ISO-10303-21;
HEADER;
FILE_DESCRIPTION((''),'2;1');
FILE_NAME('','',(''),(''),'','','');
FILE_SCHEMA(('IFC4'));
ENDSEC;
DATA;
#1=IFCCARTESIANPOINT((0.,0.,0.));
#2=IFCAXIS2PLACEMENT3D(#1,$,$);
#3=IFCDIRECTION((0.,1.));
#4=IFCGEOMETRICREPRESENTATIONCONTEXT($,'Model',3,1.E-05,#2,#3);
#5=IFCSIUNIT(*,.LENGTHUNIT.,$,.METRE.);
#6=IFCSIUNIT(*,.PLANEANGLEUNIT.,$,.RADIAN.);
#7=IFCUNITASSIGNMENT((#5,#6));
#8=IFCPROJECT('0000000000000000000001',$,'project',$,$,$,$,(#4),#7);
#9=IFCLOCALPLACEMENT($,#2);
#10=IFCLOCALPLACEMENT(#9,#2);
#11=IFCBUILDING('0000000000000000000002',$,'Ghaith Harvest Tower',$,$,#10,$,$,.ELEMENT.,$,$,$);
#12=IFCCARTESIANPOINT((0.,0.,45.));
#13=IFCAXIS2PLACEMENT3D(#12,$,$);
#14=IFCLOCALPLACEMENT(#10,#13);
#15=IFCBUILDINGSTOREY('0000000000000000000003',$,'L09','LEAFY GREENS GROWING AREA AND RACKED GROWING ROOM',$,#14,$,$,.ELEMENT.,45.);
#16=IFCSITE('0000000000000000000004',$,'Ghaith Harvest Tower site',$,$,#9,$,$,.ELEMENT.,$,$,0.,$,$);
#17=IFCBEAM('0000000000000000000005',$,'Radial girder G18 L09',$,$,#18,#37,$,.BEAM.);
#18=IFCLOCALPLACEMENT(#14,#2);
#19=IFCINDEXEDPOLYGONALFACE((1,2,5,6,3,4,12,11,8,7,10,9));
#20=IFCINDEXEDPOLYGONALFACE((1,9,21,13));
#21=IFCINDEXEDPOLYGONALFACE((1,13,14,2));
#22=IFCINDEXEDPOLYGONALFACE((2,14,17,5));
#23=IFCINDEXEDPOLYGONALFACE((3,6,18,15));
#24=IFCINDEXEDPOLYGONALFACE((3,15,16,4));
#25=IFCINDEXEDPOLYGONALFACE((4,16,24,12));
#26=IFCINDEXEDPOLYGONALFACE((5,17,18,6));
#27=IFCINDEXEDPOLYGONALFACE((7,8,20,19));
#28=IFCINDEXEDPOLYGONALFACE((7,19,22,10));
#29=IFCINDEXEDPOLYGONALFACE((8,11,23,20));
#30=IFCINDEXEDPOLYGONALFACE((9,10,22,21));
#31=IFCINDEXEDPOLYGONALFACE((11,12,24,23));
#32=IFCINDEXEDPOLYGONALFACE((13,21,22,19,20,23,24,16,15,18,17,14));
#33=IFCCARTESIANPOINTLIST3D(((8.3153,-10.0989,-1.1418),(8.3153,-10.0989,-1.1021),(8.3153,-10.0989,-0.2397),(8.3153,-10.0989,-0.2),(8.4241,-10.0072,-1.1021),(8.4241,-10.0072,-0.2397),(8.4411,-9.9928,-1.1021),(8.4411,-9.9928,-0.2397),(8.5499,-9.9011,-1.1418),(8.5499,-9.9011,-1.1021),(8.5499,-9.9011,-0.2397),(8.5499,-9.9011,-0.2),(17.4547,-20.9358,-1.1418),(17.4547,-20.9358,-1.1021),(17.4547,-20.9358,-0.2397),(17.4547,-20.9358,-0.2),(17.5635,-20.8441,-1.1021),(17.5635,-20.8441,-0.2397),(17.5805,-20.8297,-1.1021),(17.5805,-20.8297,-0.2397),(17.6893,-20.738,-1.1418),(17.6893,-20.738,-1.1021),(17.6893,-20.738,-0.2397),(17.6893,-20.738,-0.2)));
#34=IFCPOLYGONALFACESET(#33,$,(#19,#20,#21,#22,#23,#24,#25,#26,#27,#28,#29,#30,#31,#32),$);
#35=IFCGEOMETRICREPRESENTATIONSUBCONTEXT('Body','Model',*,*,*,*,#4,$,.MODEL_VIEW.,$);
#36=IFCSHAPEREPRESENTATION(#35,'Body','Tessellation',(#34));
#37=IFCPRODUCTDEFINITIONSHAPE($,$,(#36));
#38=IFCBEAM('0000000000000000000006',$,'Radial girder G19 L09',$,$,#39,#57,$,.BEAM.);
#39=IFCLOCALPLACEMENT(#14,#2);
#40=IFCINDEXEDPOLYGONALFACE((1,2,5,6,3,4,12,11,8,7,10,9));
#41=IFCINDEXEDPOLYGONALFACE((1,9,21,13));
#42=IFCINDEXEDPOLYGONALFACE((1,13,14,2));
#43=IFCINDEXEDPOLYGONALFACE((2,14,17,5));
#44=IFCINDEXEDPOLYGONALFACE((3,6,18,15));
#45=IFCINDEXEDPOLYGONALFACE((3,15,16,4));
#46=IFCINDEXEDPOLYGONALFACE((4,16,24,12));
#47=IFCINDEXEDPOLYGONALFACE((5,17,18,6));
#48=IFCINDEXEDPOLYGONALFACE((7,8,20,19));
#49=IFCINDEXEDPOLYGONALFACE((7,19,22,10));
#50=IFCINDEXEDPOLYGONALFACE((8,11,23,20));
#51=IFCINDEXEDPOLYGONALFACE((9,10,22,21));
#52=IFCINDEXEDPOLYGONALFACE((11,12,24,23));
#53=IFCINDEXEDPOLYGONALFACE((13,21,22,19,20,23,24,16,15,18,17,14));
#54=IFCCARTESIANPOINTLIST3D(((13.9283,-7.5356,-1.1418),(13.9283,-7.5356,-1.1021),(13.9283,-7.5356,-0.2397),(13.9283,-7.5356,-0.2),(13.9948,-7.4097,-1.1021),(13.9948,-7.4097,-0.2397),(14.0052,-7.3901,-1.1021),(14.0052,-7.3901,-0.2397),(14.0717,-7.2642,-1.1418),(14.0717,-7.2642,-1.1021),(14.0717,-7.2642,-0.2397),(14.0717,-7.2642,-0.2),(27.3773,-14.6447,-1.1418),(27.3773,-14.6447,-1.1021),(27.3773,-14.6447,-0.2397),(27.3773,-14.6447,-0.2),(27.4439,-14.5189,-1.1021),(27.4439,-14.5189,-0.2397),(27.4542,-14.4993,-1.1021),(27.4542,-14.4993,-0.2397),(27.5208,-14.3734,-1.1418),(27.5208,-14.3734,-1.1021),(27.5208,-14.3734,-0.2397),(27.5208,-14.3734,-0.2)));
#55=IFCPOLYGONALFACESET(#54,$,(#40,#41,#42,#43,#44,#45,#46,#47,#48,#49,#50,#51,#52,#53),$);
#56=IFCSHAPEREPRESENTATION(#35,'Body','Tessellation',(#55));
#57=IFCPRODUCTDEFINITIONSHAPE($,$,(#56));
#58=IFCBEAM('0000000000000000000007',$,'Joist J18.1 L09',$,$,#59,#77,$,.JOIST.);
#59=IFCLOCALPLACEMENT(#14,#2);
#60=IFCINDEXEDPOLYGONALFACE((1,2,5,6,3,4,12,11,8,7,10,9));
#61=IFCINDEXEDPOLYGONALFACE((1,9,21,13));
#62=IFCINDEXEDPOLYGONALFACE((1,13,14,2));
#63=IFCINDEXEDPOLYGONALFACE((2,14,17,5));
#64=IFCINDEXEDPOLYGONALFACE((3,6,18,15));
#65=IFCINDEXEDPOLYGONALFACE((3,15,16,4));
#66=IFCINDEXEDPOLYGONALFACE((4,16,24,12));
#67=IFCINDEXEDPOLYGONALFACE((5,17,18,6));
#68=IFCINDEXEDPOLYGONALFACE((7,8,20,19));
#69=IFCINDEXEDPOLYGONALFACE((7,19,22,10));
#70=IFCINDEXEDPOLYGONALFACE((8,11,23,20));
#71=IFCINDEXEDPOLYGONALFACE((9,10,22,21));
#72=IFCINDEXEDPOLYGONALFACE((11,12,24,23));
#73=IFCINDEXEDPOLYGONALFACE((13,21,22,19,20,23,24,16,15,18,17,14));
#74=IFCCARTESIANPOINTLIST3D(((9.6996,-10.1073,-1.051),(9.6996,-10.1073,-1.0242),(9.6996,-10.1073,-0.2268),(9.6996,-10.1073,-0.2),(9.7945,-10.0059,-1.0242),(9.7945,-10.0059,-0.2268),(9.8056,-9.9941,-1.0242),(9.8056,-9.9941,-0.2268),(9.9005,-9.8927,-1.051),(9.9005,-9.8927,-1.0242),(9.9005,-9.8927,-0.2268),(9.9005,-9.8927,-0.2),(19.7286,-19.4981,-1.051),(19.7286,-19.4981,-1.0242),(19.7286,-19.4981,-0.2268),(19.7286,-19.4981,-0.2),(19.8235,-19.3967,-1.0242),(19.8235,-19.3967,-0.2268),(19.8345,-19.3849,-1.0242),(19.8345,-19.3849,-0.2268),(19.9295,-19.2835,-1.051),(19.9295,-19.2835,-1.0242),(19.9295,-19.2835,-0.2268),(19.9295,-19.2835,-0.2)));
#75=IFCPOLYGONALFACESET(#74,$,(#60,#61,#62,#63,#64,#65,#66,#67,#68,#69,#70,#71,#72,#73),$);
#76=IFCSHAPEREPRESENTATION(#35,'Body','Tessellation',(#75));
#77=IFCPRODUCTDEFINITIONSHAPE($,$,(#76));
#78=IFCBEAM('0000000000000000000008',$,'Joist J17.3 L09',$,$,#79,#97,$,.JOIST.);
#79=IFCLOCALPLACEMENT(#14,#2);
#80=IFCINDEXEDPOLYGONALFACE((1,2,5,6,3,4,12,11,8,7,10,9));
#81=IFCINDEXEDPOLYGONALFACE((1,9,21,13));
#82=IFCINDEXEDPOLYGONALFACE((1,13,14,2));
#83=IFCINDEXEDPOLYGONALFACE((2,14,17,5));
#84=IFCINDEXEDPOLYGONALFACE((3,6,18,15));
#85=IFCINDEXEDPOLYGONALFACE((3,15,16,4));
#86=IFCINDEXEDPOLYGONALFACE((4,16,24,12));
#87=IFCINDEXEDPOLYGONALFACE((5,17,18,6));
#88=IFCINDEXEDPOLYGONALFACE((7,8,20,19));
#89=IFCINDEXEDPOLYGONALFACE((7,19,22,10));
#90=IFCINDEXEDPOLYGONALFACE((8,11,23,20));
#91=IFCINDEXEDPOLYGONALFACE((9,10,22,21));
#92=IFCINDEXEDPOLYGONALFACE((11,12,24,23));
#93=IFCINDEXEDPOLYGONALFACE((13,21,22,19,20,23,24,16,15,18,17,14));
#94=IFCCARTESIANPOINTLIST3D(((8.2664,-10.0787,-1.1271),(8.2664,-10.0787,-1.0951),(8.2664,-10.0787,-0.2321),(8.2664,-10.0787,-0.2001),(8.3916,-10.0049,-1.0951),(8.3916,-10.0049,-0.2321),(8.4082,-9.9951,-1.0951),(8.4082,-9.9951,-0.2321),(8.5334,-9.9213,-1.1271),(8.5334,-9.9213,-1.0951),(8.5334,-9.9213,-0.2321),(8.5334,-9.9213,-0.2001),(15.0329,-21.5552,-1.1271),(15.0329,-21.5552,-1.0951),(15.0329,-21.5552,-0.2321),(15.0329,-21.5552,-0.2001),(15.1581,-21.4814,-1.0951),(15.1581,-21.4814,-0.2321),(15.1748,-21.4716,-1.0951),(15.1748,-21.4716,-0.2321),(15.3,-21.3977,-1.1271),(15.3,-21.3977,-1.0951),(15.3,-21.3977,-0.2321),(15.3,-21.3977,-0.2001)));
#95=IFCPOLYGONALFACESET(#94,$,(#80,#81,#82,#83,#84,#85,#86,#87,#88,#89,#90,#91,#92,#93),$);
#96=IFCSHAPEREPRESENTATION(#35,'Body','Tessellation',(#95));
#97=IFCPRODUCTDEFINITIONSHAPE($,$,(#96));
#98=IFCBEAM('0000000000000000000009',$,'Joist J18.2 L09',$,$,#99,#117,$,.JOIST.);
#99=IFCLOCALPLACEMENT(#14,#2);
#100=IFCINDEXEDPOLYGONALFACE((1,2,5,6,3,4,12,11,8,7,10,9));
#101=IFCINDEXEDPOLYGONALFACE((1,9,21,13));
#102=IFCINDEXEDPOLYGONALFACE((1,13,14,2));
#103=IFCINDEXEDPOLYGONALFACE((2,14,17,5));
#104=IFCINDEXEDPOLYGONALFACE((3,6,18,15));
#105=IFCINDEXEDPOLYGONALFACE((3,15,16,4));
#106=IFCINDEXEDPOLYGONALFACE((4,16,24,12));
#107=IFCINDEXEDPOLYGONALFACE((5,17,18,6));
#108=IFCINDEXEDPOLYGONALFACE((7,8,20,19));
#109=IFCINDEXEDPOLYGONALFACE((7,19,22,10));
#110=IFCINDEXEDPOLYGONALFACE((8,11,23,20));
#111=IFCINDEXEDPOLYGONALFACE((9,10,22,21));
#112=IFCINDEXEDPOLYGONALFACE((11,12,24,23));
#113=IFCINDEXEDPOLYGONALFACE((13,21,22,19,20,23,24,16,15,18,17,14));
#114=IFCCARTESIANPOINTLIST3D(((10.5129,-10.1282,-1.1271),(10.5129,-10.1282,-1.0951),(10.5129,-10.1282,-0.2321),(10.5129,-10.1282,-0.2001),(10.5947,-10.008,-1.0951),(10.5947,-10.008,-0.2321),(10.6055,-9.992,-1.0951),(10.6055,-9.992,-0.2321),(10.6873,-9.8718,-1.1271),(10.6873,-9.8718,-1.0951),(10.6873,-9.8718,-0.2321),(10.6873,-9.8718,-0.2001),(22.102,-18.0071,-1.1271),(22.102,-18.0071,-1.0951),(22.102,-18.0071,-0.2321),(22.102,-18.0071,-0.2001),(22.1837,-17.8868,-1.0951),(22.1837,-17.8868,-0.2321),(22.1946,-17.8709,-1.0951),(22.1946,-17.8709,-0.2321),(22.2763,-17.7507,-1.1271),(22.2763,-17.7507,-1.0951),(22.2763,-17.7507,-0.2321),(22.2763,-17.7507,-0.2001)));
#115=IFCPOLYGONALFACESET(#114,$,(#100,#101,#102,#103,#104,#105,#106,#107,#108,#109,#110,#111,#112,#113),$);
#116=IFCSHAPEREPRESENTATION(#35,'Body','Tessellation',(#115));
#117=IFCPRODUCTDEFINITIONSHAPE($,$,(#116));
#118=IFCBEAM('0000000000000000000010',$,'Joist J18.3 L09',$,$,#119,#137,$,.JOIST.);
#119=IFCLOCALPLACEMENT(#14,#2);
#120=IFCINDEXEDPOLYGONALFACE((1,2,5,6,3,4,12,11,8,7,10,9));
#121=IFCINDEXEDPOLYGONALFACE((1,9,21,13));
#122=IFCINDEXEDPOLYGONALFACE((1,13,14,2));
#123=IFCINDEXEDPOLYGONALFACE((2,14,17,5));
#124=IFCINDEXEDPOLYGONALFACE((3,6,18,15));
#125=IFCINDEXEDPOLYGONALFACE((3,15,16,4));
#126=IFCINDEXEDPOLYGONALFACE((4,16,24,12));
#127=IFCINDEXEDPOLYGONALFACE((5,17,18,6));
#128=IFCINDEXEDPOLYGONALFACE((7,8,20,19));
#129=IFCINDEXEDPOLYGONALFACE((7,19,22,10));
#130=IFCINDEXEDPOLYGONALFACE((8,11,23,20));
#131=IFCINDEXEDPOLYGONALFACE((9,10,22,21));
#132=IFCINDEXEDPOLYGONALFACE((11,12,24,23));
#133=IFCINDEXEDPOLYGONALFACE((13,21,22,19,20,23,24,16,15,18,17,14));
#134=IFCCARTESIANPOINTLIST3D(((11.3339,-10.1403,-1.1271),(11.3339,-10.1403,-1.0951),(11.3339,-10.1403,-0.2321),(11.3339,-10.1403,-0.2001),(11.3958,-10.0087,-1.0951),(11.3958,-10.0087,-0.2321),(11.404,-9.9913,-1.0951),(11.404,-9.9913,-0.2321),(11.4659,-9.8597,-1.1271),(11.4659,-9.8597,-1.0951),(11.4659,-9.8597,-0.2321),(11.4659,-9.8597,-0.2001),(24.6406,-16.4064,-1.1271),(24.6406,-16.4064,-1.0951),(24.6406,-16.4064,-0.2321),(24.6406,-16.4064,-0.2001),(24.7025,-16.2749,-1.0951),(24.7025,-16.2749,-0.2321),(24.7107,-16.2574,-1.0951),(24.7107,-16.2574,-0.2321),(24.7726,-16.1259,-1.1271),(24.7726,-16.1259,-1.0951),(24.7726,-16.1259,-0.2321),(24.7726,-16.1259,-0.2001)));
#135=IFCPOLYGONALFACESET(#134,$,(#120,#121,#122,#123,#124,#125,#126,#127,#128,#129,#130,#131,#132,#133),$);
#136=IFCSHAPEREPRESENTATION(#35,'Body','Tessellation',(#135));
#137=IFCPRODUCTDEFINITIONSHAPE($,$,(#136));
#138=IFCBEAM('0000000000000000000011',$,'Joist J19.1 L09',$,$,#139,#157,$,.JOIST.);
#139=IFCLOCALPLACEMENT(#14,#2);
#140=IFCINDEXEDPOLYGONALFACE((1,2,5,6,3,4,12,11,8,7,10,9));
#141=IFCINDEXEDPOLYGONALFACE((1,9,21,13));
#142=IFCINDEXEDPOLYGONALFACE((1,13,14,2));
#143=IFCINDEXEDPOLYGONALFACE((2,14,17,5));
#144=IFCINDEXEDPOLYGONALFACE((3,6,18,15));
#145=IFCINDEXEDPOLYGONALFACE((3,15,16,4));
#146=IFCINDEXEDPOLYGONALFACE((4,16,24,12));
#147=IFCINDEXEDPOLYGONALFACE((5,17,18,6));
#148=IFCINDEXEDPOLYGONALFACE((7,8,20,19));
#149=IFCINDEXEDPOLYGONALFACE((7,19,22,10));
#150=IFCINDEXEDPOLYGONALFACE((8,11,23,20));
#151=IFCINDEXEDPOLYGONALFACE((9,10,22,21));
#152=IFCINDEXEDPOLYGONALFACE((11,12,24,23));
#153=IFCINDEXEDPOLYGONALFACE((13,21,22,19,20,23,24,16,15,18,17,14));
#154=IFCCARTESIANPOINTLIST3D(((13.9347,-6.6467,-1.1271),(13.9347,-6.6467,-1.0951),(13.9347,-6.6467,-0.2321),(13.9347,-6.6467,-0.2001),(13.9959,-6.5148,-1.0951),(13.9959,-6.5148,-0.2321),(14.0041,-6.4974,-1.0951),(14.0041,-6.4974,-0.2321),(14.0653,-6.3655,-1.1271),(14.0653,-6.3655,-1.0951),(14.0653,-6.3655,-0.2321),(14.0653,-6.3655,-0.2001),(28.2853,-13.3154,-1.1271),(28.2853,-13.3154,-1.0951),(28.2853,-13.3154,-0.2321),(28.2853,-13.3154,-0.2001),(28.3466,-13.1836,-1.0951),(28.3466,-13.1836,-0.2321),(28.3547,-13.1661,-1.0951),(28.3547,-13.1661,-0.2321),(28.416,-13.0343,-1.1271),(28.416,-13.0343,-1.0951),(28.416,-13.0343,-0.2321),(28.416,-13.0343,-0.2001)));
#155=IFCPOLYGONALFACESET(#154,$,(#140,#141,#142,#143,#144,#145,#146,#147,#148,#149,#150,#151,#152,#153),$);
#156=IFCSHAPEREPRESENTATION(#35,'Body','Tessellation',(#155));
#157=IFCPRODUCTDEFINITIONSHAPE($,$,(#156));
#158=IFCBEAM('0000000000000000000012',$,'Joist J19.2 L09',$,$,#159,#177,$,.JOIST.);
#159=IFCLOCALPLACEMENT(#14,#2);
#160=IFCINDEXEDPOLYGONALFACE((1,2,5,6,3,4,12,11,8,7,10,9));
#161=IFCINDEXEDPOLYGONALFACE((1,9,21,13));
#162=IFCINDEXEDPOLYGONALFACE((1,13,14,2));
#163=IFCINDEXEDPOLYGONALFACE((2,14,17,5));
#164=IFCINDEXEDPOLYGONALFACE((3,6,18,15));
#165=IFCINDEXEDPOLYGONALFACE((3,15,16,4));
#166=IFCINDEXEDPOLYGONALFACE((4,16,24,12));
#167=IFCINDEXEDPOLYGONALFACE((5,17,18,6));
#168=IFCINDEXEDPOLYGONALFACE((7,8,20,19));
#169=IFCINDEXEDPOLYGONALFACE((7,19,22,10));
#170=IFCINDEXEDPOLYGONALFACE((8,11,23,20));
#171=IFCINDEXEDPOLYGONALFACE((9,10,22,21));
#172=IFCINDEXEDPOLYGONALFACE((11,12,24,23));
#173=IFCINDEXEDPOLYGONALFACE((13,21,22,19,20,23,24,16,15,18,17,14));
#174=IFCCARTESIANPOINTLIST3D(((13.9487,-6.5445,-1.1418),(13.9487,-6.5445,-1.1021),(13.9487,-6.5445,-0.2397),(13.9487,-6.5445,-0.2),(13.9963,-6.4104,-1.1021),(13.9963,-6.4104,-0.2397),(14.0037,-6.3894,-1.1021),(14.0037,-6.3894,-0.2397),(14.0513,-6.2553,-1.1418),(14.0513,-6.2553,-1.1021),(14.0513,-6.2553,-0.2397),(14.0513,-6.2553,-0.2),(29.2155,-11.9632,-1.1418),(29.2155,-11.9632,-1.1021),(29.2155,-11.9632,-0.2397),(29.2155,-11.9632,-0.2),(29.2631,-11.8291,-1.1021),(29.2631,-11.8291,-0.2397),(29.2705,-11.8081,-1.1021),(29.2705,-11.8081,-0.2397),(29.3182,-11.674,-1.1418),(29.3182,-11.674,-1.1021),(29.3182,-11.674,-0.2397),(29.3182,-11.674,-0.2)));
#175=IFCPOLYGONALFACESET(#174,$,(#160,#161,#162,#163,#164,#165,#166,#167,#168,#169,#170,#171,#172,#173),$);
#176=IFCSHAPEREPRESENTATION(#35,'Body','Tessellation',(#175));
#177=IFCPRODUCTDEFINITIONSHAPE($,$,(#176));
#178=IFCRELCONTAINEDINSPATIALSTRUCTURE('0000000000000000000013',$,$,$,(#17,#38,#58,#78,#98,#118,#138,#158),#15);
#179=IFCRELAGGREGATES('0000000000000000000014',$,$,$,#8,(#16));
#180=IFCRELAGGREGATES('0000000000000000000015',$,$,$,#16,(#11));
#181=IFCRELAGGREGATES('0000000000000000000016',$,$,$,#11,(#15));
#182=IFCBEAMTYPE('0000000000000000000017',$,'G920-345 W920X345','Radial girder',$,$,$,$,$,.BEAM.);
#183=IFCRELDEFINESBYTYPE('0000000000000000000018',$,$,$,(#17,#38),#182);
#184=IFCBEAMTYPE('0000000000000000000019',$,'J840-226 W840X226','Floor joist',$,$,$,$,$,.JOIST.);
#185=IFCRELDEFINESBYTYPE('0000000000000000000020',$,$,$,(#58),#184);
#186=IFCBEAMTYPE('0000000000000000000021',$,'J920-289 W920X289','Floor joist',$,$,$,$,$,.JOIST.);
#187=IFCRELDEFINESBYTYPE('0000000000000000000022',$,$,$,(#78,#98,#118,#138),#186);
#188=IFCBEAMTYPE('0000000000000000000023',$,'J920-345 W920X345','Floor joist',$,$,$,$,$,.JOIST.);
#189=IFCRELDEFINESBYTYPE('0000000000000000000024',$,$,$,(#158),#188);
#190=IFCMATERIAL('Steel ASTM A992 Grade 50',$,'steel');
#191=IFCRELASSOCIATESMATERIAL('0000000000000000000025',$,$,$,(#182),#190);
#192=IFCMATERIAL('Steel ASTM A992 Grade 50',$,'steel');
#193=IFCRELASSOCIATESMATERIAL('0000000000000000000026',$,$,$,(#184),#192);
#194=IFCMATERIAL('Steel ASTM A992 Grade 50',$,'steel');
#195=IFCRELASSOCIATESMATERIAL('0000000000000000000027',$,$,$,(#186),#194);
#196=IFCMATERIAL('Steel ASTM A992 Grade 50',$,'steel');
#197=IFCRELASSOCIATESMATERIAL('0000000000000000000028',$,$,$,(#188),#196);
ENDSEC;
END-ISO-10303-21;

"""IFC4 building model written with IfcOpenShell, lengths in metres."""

from ifc_helpers import new_model, si_unit, direction, frame, origin, origin_2d, place, context, subcontext, project, spatial, i_section, extrude, material, material_profile, profile_set, type_object, element, save


model = new_model("IFC4")

# Units and contexts
model_context = context("Model", 3, precision=1e-05, world=origin(), true_north=direction((0.0, 1.0)))
body_context = subcontext(model_context, "Body", "Model", "MODEL_VIEW")
ifc_project = project(units=[si_unit("LENGTHUNIT", "METRE"), si_unit("PLANEANGLEUNIT", "RADIAN")], contexts=[model_context])

# Site, building, storey
site_placement = place(None, origin())
site = spatial("IfcSite", under=ifc_project, at=site_placement, Name="Ghaith Harvest Tower site", CompositionType="ELEMENT", RefElevation=0.0)
building_placement = place(site_placement, origin())
building = spatial("IfcBuilding", under=site, at=building_placement, Name="Ghaith Harvest Tower", CompositionType="ELEMENT")
storey_placement = place(building_placement, frame((0.0, 0.0, 45.0)))
storey = spatial("IfcBuildingStorey", under=building, at=storey_placement, Name="L09", Description="LEAFY GREENS GROWING AREA AND RACKED GROWING ROOM", CompositionType="ELEMENT", Elevation=45.0)

# Beams
ifc_material_1 = material(Name="Steel ASTM A992 Grade 50", Category="steel")
ifc_material_profile_1 = material_profile(ifc_material_1, i_section(OverallWidth=0.3069, OverallDepth=0.9419, WebThickness=0.0222, FlangeThickness=0.0398, at=origin_2d()), Name="W920X345")
ifc_profile_set_1 = profile_set([ifc_material_profile_1], Name="Steel ASTM A992 Grade 50")
beam_type_1 = type_object("IfcBeamType", Name="G920-345 W920X345", Description="Radial girder", PredefinedType="BEAM", material=ifc_profile_set_1)
beam_1_placement = place(storey_placement, frame((8.4326, -10.0, -0.6709), z_axis=(0.644696, -0.764439, 0.0), x_axis=(0.764439, 0.644696, 0.0)))
element("IfcBeam", 1, at=beam_1_placement, inside=storey, type_object=beam_type_1, Name="Radial girder G18 L09", PredefinedType="BEAM", context=body_context, shape_type="SweptSolid", body=[
    extrude(i_section(OverallWidth=0.3069, OverallDepth=0.9419, WebThickness=0.0222, FlangeThickness=0.0398, at=origin_2d()), origin(), (0.0, 0.0, 1.0), 14.1763),
])
beam_2_placement = place(storey_placement, frame((14.0, -7.3999, -0.6709), z_axis=(0.884084, -0.467327, 0.0), x_axis=(0.467327, 0.884084, 0.0)))
element("IfcBeam", 2, at=beam_2_placement, inside=storey, type_object=beam_type_1, Name="Radial girder G19 L09", PredefinedType="BEAM", context=body_context, shape_type="SweptSolid", body=[
    extrude(i_section(OverallWidth=0.3069, OverallDepth=0.9419, WebThickness=0.0222, FlangeThickness=0.0398, at=origin_2d()), origin(), (0.0, 0.0, 1.0), 15.2124),
])
ifc_material_2 = material(Name="Steel ASTM A992 Grade 50", Category="steel")
ifc_material_profile_2 = material_profile(ifc_material_2, i_section(OverallWidth=0.2939, OverallDepth=0.8511, WebThickness=0.0161, FlangeThickness=0.0269, at=origin_2d()), Name="W840X226")
ifc_profile_set_2 = profile_set([ifc_material_profile_2], Name="Steel ASTM A992 Grade 50")
beam_type_2 = type_object("IfcBeamType", Name="J840-226 W840X226", Description="Floor joist", PredefinedType="JOIST", material=ifc_profile_set_2)
beam_3_placement = place(storey_placement, frame((9.8, -10.0, -0.6255), z_axis=(0.72995, -0.683501, 0.0), x_axis=(0.683501, 0.72995, 0.0)))
element("IfcBeam", 3, at=beam_3_placement, inside=storey, type_object=beam_type_2, Name="Joist J18.1 L09", PredefinedType="JOIST", context=body_context, shape_type="SweptSolid", body=[
    extrude(i_section(OverallWidth=0.2939, OverallDepth=0.8511, WebThickness=0.0161, FlangeThickness=0.0269, at=origin_2d()), origin(), (0.0, 0.0, 1.0), 13.7393),
])
ifc_material_3 = material(Name="Steel ASTM A992 Grade 50", Category="steel")
ifc_material_profile_3 = material_profile(ifc_material_3, i_section(OverallWidth=0.3101, OverallDepth=0.927, WebThickness=0.0193, FlangeThickness=0.032, at=origin_2d()), Name="W920X289")
ifc_profile_set_3 = profile_set([ifc_material_profile_3], Name="Steel ASTM A992 Grade 50")
beam_type_3 = type_object("IfcBeamType", Name="J920-289 W920X289", Description="Floor joist", PredefinedType="JOIST", material=ifc_profile_set_3)
beam_4_placement = place(storey_placement, frame((8.3999, -10.0, -0.6636), z_axis=(0.507894, -0.861419, 0.0), x_axis=(0.861419, 0.507894, 0.0)))
element("IfcBeam", 4, at=beam_4_placement, inside=storey, type_object=beam_type_3, Name="Joist J17.3 L09", PredefinedType="JOIST", context=body_context, shape_type="SweptSolid", body=[
    extrude(i_section(OverallWidth=0.3101, OverallDepth=0.927, WebThickness=0.0193, FlangeThickness=0.032, at=origin_2d()), origin(), (0.0, 0.0, 1.0), 13.3228),
])
beam_5_placement = place(storey_placement, frame((10.6001, -10.0, -0.6636), z_axis=(0.826983, -0.562228, 0.0), x_axis=(0.562228, 0.826983, 0.0)))
element("IfcBeam", 5, at=beam_5_placement, inside=storey, type_object=beam_type_3, Name="Joist J18.2 L09", PredefinedType="JOIST", context=body_context, shape_type="SweptSolid", body=[
    extrude(i_section(OverallWidth=0.3101, OverallDepth=0.927, WebThickness=0.0193, FlangeThickness=0.032, at=origin_2d()), origin(), (0.0, 0.0, 1.0), 14.0137),
])
beam_6_placement = place(storey_placement, frame((11.3999, -10.0, -0.6636), z_axis=(0.90471, -0.426029, 0.0), x_axis=(0.426029, 0.90471, 0.0)))
element("IfcBeam", 6, at=beam_6_placement, inside=storey, type_object=beam_type_3, Name="Joist J18.3 L09", PredefinedType="JOIST", context=body_context, shape_type="SweptSolid", body=[
    extrude(i_section(OverallWidth=0.3101, OverallDepth=0.927, WebThickness=0.0193, FlangeThickness=0.032, at=origin_2d()), origin(), (0.0, 0.0, 1.0), 14.7083),
])
beam_7_placement = place(storey_placement, frame((14.0, -6.5061, -0.6636), z_axis=(0.906866, -0.42142, 0.0), x_axis=(0.42142, 0.906866, 0.0)))
element("IfcBeam", 7, at=beam_7_placement, inside=storey, type_object=beam_type_3, Name="Joist J19.1 L09", PredefinedType="JOIST", context=body_context, shape_type="SweptSolid", body=[
    extrude(i_section(OverallWidth=0.3101, OverallDepth=0.927, WebThickness=0.0193, FlangeThickness=0.032, at=origin_2d()), origin(), (0.0, 0.0, 1.0), 15.8245),
])
ifc_material_4 = material(Name="Steel ASTM A992 Grade 50", Category="steel")
ifc_material_profile_4 = material_profile(ifc_material_4, i_section(OverallWidth=0.3069, OverallDepth=0.9419, WebThickness=0.0222, FlangeThickness=0.0398, at=origin_2d()), Name="W920X345")
ifc_profile_set_4 = profile_set([ifc_material_profile_4], Name="Steel ASTM A992 Grade 50")
beam_type_4 = type_object("IfcBeamType", Name="J920-345 W920X345", Description="Floor joist", PredefinedType="JOIST", material=ifc_profile_set_4)
beam_8_placement = place(storey_placement, frame((14.0, -6.3999, -0.6709), z_axis=(0.9424, -0.334488, 0.0), x_axis=(0.334488, 0.9424, 0.0)))
element("IfcBeam", 8, at=beam_8_placement, inside=storey, type_object=beam_type_4, Name="Joist J19.2 L09", PredefinedType="JOIST", context=body_context, shape_type="SweptSolid", body=[
    extrude(i_section(OverallWidth=0.3069, OverallDepth=0.9419, WebThickness=0.0222, FlangeThickness=0.0398, at=origin_2d()), origin(), (0.0, 0.0, 1.0), 16.2),
])

save(model, "model.ifc")
